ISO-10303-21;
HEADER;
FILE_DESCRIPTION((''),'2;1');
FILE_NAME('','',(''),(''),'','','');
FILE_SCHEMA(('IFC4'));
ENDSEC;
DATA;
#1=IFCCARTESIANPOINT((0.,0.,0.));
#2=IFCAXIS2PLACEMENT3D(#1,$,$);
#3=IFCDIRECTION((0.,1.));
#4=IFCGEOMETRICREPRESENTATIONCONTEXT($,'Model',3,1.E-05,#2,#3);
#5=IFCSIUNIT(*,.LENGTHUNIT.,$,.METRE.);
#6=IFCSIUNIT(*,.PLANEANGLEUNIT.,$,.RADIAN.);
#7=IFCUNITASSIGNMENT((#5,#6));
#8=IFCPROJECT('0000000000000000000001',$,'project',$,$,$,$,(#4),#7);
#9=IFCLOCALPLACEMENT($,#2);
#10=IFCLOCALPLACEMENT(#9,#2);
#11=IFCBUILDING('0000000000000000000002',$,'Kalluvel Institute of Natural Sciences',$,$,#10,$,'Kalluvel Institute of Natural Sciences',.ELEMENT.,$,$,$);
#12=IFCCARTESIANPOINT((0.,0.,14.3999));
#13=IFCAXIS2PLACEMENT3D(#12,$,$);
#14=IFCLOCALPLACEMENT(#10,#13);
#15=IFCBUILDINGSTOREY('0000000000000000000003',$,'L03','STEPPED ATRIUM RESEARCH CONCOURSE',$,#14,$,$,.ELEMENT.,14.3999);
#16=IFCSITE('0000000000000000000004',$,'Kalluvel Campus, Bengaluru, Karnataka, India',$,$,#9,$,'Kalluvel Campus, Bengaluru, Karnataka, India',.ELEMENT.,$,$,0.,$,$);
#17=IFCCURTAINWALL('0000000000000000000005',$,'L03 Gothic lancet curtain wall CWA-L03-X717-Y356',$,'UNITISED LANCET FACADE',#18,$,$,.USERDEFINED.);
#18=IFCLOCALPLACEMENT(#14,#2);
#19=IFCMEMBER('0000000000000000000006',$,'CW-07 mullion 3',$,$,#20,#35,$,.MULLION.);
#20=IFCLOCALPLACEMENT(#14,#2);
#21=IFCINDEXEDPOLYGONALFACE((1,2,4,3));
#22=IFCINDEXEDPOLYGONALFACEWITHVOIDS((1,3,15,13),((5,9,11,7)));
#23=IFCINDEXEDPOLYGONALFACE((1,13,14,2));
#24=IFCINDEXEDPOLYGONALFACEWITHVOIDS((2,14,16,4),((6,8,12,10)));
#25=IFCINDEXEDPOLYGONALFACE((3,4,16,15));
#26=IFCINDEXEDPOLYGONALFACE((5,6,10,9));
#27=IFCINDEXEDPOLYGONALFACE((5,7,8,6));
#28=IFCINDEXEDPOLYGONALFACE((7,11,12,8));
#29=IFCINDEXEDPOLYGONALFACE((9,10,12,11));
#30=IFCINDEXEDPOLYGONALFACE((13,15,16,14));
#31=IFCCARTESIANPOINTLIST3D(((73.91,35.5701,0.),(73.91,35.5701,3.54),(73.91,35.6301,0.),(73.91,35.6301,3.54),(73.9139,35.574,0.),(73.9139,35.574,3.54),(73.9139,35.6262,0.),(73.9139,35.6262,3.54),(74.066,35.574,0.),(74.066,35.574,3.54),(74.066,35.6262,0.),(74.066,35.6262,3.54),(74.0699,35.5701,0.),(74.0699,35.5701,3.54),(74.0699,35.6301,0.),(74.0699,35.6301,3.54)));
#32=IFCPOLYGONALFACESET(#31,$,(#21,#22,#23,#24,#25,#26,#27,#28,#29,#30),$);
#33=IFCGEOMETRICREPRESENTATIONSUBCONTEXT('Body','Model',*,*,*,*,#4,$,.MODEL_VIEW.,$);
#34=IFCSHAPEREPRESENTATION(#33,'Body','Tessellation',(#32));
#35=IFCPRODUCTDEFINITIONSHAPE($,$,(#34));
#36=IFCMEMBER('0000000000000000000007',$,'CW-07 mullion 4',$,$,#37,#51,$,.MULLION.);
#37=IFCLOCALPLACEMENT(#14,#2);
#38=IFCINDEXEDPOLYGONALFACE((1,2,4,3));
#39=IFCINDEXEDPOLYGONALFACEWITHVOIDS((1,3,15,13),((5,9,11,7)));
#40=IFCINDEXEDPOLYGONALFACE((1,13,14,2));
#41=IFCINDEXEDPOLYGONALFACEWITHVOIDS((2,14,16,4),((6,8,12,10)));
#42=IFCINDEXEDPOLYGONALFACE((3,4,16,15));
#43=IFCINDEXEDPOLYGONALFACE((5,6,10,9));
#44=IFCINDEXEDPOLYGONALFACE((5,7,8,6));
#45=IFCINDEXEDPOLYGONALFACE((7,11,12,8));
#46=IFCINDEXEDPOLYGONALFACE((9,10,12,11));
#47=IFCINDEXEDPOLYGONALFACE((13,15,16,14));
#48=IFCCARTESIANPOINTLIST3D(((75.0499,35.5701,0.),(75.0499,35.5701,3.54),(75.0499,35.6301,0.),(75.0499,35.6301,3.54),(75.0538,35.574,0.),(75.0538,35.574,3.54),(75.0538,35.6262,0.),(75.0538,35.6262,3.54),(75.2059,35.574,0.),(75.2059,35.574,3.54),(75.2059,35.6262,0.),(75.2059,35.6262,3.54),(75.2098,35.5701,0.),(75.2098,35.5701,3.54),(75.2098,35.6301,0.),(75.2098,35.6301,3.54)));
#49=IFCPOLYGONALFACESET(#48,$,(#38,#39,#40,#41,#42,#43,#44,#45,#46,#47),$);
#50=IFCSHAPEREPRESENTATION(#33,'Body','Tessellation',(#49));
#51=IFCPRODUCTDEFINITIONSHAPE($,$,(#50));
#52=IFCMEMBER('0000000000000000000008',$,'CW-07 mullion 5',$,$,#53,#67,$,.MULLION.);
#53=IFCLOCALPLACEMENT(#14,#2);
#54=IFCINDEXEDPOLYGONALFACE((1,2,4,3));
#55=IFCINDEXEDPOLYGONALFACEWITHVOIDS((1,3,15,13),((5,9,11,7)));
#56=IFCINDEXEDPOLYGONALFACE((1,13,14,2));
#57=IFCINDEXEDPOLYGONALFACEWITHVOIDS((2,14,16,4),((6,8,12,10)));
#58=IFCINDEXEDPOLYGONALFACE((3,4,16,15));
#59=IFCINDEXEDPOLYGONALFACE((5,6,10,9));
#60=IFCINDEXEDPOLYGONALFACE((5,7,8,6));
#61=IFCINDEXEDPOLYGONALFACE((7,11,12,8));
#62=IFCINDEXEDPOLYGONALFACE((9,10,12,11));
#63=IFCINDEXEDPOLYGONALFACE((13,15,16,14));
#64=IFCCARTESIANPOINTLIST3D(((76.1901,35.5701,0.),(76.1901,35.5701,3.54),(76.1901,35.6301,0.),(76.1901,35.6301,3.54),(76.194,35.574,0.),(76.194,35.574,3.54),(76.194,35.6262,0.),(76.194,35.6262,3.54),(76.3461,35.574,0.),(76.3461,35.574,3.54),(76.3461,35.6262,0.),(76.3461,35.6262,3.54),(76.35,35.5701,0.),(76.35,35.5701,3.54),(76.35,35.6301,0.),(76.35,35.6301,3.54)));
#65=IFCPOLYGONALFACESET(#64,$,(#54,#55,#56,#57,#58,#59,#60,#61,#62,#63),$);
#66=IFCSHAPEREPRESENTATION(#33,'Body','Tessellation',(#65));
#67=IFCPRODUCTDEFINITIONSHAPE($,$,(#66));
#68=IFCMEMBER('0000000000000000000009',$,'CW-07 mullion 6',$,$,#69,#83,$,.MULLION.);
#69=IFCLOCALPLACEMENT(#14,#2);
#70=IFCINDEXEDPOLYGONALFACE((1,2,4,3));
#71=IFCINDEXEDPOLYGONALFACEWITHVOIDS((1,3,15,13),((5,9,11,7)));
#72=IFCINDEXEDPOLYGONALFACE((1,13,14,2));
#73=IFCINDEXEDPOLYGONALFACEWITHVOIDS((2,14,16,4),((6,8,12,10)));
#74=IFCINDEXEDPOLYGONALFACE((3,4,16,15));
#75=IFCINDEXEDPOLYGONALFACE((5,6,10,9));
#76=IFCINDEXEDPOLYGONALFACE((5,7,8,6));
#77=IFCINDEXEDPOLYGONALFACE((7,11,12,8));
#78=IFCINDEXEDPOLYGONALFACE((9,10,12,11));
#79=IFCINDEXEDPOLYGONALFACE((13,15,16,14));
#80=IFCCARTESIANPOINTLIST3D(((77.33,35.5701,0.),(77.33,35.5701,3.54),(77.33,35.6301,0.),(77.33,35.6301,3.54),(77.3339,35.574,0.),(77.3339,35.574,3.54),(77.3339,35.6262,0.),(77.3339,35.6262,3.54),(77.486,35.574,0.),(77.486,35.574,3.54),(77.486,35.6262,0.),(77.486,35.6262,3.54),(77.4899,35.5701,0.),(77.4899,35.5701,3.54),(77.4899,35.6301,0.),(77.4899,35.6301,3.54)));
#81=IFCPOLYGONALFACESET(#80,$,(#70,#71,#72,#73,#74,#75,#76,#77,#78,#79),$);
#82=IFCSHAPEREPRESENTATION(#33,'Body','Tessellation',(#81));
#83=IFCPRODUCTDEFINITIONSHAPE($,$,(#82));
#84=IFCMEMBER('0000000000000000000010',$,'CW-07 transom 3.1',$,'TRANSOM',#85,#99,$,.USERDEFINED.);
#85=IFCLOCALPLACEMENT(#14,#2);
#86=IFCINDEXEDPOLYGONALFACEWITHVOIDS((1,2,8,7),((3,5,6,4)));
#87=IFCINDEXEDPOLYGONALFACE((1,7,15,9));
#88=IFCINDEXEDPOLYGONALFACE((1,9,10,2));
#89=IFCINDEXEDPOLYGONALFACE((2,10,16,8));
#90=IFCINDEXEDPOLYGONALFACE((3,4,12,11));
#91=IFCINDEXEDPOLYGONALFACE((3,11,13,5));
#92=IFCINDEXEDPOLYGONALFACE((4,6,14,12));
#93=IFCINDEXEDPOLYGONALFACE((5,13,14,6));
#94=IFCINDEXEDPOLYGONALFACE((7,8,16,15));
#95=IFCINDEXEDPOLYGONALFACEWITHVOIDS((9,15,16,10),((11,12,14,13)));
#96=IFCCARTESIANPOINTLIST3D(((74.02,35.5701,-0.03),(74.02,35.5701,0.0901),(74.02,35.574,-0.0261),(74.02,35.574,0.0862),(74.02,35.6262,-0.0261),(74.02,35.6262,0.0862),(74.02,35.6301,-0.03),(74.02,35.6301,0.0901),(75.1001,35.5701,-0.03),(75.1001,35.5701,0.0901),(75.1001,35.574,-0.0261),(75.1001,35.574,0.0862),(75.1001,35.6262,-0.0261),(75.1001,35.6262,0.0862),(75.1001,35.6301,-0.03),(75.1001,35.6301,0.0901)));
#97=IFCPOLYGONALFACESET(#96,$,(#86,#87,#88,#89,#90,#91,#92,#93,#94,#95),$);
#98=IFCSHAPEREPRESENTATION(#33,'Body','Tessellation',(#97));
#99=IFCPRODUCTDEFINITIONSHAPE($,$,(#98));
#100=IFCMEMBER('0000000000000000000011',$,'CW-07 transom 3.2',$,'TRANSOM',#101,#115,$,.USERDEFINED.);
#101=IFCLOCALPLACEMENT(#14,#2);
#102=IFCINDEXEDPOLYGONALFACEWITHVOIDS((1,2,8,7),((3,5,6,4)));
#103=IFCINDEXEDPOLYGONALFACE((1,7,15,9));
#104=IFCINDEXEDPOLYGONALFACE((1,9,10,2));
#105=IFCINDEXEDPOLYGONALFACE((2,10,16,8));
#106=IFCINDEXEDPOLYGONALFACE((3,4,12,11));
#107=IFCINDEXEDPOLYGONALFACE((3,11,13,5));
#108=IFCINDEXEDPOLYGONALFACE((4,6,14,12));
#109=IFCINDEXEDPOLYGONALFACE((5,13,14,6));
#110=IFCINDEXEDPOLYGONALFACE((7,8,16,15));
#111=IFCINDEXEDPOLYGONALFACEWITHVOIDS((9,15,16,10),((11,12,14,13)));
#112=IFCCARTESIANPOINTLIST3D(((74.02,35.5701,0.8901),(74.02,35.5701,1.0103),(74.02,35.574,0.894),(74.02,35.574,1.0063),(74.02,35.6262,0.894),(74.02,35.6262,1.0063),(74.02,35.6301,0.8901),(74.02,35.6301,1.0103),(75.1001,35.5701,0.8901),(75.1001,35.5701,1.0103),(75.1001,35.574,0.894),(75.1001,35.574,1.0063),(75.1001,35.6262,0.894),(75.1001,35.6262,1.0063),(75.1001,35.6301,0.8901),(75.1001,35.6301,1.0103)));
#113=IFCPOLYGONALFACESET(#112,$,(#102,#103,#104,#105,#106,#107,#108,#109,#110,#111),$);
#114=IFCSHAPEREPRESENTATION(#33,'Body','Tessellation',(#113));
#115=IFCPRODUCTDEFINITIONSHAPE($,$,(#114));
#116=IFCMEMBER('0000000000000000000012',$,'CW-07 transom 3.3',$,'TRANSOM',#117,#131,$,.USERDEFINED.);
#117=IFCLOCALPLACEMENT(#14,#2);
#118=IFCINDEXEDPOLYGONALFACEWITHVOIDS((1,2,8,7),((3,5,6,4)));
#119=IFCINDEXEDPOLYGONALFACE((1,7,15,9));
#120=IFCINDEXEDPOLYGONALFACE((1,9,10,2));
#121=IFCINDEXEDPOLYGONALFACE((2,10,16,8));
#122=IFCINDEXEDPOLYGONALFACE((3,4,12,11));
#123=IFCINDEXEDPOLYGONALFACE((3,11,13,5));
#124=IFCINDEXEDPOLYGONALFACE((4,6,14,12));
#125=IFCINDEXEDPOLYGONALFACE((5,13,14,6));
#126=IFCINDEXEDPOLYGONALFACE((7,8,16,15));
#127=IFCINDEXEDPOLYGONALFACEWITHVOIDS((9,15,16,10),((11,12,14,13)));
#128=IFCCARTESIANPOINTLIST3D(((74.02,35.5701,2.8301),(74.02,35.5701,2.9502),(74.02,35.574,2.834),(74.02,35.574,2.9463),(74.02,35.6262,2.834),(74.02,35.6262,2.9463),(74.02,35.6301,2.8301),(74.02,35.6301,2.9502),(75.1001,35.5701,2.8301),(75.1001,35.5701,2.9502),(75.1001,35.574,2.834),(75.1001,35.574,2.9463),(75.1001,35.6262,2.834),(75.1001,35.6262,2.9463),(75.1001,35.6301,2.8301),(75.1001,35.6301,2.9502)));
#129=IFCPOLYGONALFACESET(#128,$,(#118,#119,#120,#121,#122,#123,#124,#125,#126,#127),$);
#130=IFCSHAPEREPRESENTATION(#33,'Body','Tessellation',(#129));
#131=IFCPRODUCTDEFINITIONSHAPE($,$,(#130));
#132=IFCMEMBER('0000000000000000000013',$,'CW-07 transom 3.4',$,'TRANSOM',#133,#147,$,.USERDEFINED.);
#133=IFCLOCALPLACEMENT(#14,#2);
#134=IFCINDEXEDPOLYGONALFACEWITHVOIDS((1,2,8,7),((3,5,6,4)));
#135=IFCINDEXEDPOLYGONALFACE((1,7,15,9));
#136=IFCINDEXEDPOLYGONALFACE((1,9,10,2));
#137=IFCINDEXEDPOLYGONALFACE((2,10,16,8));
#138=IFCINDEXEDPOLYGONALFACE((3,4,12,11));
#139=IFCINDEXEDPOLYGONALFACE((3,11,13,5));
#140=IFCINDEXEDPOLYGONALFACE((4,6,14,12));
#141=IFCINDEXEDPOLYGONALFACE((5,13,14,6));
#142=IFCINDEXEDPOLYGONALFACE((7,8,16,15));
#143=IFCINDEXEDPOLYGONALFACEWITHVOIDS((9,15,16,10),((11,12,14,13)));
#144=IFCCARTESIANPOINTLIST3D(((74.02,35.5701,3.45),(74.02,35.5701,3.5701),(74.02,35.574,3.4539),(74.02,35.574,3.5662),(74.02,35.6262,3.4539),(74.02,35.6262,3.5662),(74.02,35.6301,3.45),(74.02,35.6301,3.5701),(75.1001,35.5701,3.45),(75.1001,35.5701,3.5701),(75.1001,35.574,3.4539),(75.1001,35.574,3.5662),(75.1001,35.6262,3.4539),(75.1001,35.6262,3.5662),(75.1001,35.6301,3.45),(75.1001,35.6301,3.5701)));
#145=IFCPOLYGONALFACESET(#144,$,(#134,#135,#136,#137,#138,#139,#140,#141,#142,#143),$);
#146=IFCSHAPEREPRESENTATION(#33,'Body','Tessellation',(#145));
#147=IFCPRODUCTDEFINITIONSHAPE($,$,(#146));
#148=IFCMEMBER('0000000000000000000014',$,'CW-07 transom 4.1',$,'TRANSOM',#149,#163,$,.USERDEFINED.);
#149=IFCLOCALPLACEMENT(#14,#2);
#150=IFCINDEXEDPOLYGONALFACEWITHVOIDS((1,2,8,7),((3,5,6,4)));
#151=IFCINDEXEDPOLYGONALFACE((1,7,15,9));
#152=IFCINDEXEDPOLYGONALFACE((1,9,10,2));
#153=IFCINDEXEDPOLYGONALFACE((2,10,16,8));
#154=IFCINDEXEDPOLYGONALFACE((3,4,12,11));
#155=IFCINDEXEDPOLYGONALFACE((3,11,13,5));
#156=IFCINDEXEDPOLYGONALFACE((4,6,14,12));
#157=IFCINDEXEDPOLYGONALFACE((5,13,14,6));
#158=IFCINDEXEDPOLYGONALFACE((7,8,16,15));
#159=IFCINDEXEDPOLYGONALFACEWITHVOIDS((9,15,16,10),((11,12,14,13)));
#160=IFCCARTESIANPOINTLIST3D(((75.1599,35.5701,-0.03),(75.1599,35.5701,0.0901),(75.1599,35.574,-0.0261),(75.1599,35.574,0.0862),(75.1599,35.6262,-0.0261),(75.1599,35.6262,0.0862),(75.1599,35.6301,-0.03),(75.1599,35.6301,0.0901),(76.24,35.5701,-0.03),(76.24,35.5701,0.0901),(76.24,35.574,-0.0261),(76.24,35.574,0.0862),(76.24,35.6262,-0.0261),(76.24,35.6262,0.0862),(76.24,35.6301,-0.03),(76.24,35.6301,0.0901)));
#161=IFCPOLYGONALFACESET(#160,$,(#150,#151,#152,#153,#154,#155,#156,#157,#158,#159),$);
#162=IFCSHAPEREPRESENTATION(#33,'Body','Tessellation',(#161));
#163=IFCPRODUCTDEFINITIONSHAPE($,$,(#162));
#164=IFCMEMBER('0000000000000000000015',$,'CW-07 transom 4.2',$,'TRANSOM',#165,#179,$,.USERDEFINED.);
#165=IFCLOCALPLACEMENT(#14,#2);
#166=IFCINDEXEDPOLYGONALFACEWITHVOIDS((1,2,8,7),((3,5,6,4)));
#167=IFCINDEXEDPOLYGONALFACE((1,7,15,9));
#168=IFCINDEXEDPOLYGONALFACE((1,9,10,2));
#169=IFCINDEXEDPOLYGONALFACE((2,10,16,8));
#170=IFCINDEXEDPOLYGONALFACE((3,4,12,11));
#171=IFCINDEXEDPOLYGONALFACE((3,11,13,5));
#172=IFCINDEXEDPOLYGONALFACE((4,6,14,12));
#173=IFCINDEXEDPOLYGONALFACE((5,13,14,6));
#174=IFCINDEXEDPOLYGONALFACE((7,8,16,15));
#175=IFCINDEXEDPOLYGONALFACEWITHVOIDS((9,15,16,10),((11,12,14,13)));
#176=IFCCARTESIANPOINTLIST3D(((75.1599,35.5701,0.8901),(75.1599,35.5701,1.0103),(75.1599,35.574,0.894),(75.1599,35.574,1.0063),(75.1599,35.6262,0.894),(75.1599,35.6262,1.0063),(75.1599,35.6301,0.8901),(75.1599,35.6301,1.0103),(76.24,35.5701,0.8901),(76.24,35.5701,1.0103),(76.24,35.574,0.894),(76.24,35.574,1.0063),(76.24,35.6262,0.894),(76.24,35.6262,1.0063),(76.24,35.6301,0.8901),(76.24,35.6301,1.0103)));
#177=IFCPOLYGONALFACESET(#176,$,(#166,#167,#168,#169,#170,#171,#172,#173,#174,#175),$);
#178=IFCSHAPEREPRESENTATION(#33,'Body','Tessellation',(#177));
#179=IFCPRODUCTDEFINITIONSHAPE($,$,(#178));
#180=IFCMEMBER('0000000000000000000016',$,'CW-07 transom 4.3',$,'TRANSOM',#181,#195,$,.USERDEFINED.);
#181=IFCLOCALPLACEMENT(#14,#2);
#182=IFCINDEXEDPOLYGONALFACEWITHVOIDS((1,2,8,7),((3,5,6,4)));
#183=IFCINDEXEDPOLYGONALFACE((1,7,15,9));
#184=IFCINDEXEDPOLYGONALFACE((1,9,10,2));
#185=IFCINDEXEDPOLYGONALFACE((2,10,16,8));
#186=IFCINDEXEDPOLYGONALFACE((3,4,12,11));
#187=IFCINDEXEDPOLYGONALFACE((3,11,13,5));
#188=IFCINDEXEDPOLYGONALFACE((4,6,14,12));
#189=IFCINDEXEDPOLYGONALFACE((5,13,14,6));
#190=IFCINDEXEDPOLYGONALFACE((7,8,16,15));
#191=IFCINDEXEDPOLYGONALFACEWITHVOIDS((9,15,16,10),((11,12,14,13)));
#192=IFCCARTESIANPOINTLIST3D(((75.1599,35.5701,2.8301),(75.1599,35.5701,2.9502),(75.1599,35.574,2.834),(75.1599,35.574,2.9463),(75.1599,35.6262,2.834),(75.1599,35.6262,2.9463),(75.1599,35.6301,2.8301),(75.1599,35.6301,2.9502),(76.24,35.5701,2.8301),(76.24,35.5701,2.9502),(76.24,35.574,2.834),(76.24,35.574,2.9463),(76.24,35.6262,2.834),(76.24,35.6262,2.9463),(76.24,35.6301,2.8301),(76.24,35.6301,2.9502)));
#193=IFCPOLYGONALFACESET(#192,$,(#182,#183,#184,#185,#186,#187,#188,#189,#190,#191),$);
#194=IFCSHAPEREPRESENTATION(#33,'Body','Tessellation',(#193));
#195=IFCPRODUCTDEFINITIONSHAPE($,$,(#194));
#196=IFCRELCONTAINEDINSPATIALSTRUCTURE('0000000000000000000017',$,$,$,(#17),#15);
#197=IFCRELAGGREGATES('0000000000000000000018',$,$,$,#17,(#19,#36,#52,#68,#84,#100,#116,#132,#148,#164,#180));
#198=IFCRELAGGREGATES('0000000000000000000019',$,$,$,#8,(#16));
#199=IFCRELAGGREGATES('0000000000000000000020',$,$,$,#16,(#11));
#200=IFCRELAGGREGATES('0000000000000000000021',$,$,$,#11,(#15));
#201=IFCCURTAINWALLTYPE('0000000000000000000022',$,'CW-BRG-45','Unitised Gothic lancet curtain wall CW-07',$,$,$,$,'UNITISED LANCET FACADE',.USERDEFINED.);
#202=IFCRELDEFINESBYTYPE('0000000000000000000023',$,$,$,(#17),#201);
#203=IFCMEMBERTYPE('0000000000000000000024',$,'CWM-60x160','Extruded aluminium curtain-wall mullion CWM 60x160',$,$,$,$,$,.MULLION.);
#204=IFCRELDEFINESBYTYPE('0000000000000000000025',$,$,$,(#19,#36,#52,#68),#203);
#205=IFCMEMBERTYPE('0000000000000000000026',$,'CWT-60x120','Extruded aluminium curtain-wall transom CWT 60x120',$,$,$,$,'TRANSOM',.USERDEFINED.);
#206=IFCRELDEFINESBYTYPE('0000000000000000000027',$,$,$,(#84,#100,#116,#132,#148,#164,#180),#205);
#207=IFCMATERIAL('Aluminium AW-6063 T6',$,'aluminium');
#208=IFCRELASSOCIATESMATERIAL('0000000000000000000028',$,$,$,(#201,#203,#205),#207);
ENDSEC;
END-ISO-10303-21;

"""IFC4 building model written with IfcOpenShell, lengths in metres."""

from ifc_helpers import new_model, si_unit, direction, frame, origin, origin_2d, place, context, subcontext, project, spatial, hollow_rectangle, extrude, material, material_profile, profile_set, type_object, element, aggregate, save


model = new_model("IFC4")

# Units and contexts
model_context = context("Model", 3, precision=1e-05, world=origin(), true_north=direction((0.0, 1.0)))
body_context = subcontext(model_context, "Body", "Model", "MODEL_VIEW")
ifc_project = project(units=[si_unit("LENGTHUNIT", "METRE"), si_unit("PLANEANGLEUNIT", "RADIAN")], contexts=[model_context])

# Site, building, storey
site_placement = place(None, origin())
site = spatial("IfcSite", under=ifc_project, at=site_placement, Name="Kalluvel Campus, Bengaluru, Karnataka, India", LongName="Kalluvel Campus, Bengaluru, Karnataka, India", CompositionType="ELEMENT", RefElevation=0.0)
building_placement = place(site_placement, origin())
building = spatial("IfcBuilding", under=site, at=building_placement, Name="Kalluvel Institute of Natural Sciences", LongName="Kalluvel Institute of Natural Sciences", CompositionType="ELEMENT")
storey_placement = place(building_placement, frame((0.0, 0.0, 14.3999)))
storey = spatial("IfcBuildingStorey", under=building, at=storey_placement, Name="L03", Description="STEPPED ATRIUM RESEARCH CONCOURSE", CompositionType="ELEMENT", Elevation=14.3999)

# Curtain wall, members
ifc_material_1 = material(Name="Aluminium AW-6063 T6", Category="aluminium")
curtain_wall_type = type_object("IfcCurtainWallType", Name="CW-BRG-45", Description="Unitised Gothic lancet curtain wall CW-07", ElementType="UNITISED LANCET FACADE", PredefinedType="USERDEFINED", material=ifc_material_1)
curtain_wall_placement = place(storey_placement, origin())
curtain_wall = element("IfcCurtainWall", 1, at=curtain_wall_placement, inside=storey, type_object=curtain_wall_type, Name="L03 Gothic lancet curtain wall CWA-L03-X717-Y356", ObjectType="UNITISED LANCET FACADE", PredefinedType="USERDEFINED")
ifc_material_profile_1 = material_profile(ifc_material_1, hollow_rectangle(XDim=0.0601, YDim=0.1599, WallThickness=0.0039, at=origin_2d()), Name="CWM 60x160")
ifc_profile_set_1 = profile_set([ifc_material_profile_1], Name="Aluminium AW-6063 T6")
member_type_1 = type_object("IfcMemberType", Name="CWM-60x160", Description="Extruded aluminium curtain-wall mullion CWM 60x160", PredefinedType="MULLION", material=ifc_profile_set_1)
member_1_placement = place(storey_placement, frame((73.99, 35.6001, 0.0), z_axis=(0.0, 0.0, 1.0), x_axis=(0.0, 1.0, 0.0)))
member_1 = element("IfcMember", 2, at=member_1_placement, type_object=member_type_1, Name="CW-07 mullion 3", PredefinedType="MULLION", context=body_context, shape_type="SweptSolid", body=[
    extrude(hollow_rectangle(XDim=0.0601, YDim=0.1599, WallThickness=0.0039, at=origin_2d()), origin(), (0.0, 0.0, 1.0), 3.54),
])
member_2_placement = place(storey_placement, frame((75.1299, 35.6001, 0.0), z_axis=(0.0, 0.0, 1.0), x_axis=(0.0, 1.0, 0.0)))
member_2 = element("IfcMember", 3, at=member_2_placement, type_object=member_type_1, Name="CW-07 mullion 4", PredefinedType="MULLION", context=body_context, shape_type="SweptSolid", body=[
    extrude(hollow_rectangle(XDim=0.0601, YDim=0.1599, WallThickness=0.0039, at=origin_2d()), origin(), (0.0, 0.0, 1.0), 3.54),
])
member_3_placement = place(storey_placement, frame((76.27, 35.6001, 0.0), z_axis=(0.0, 0.0, 1.0), x_axis=(0.0, 1.0, 0.0)))
member_3 = element("IfcMember", 4, at=member_3_placement, type_object=member_type_1, Name="CW-07 mullion 5", PredefinedType="MULLION", context=body_context, shape_type="SweptSolid", body=[
    extrude(hollow_rectangle(XDim=0.0601, YDim=0.1599, WallThickness=0.0039, at=origin_2d()), origin(), (0.0, 0.0, 1.0), 3.54),
])
member_4_placement = place(storey_placement, frame((77.4099, 35.6001, 0.0), z_axis=(0.0, 0.0, 1.0), x_axis=(0.0, 1.0, 0.0)))
member_4 = element("IfcMember", 5, at=member_4_placement, type_object=member_type_1, Name="CW-07 mullion 6", PredefinedType="MULLION", context=body_context, shape_type="SweptSolid", body=[
    extrude(hollow_rectangle(XDim=0.0601, YDim=0.1599, WallThickness=0.0039, at=origin_2d()), origin(), (0.0, 0.0, 1.0), 3.54),
])
ifc_material_profile_2 = material_profile(ifc_material_1, hollow_rectangle(XDim=0.0601, YDim=0.1201, WallThickness=0.0039, at=origin_2d()), Name="CWT 60x120")
ifc_profile_set_2 = profile_set([ifc_material_profile_2], Name="Aluminium AW-6063 T6")
member_type_2 = type_object("IfcMemberType", Name="CWT-60x120", Description="Extruded aluminium curtain-wall transom CWT 60x120", ElementType="TRANSOM", PredefinedType="USERDEFINED", material=ifc_profile_set_2)
member_5_placement = place(storey_placement, frame((74.02, 35.6001, 0.03), z_axis=(1.0, 0.0, 0.0), x_axis=(0.0, 1.0, 0.0)))
member_5 = element("IfcMember", 6, at=member_5_placement, type_object=member_type_2, Name="CW-07 transom 3.1", ObjectType="TRANSOM", PredefinedType="USERDEFINED", context=body_context, shape_type="SweptSolid", body=[
    extrude(hollow_rectangle(XDim=0.0601, YDim=0.1201, WallThickness=0.0039, at=origin_2d()), origin(), (0.0, 0.0, 1.0), 1.0801),
])
member_6_placement = place(storey_placement, frame((74.02, 35.6001, 0.9502), z_axis=(1.0, 0.0, 0.0), x_axis=(0.0, 1.0, 0.0)))
member_6 = element("IfcMember", 7, at=member_6_placement, type_object=member_type_2, Name="CW-07 transom 3.2", ObjectType="TRANSOM", PredefinedType="USERDEFINED", context=body_context, shape_type="SweptSolid", body=[
    extrude(hollow_rectangle(XDim=0.0601, YDim=0.1201, WallThickness=0.0039, at=origin_2d()), origin(), (0.0, 0.0, 1.0), 1.0801),
])
member_7_placement = place(storey_placement, frame((74.02, 35.6001, 2.8901), z_axis=(1.0, 0.0, 0.0), x_axis=(0.0, 1.0, 0.0)))
member_7 = element("IfcMember", 8, at=member_7_placement, type_object=member_type_2, Name="CW-07 transom 3.3", ObjectType="TRANSOM", PredefinedType="USERDEFINED", context=body_context, shape_type="SweptSolid", body=[
    extrude(hollow_rectangle(XDim=0.0601, YDim=0.1201, WallThickness=0.0039, at=origin_2d()), origin(), (0.0, 0.0, 1.0), 1.0801),
])
member_8_placement = place(storey_placement, frame((74.02, 35.6001, 3.51), z_axis=(1.0, 0.0, 0.0), x_axis=(0.0, 1.0, 0.0)))
member_8 = element("IfcMember", 9, at=member_8_placement, type_object=member_type_2, Name="CW-07 transom 3.4", ObjectType="TRANSOM", PredefinedType="USERDEFINED", context=body_context, shape_type="SweptSolid", body=[
    extrude(hollow_rectangle(XDim=0.0601, YDim=0.1201, WallThickness=0.0039, at=origin_2d()), origin(), (0.0, 0.0, 1.0), 1.0801),
])
member_9_placement = place(storey_placement, frame((75.1599, 35.6001, 0.03), z_axis=(1.0, 0.0, 0.0), x_axis=(0.0, 1.0, 0.0)))
member_9 = element("IfcMember", 10, at=member_9_placement, type_object=member_type_2, Name="CW-07 transom 4.1", ObjectType="TRANSOM", PredefinedType="USERDEFINED", context=body_context, shape_type="SweptSolid", body=[
    extrude(hollow_rectangle(XDim=0.0601, YDim=0.1201, WallThickness=0.0039, at=origin_2d()), origin(), (0.0, 0.0, 1.0), 1.0801),
])
member_10_placement = place(storey_placement, frame((75.1599, 35.6001, 0.9502), z_axis=(1.0, 0.0, 0.0), x_axis=(0.0, 1.0, 0.0)))
member_10 = element("IfcMember", 11, at=member_10_placement, type_object=member_type_2, Name="CW-07 transom 4.2", ObjectType="TRANSOM", PredefinedType="USERDEFINED", context=body_context, shape_type="SweptSolid", body=[
    extrude(hollow_rectangle(XDim=0.0601, YDim=0.1201, WallThickness=0.0039, at=origin_2d()), origin(), (0.0, 0.0, 1.0), 1.0801),
])
member_11_placement = place(storey_placement, frame((75.1599, 35.6001, 2.8901), z_axis=(1.0, 0.0, 0.0), x_axis=(0.0, 1.0, 0.0)))
member_11 = element("IfcMember", 12, at=member_11_placement, type_object=member_type_2, Name="CW-07 transom 4.3", ObjectType="TRANSOM", PredefinedType="USERDEFINED", context=body_context, shape_type="SweptSolid", body=[
    extrude(hollow_rectangle(XDim=0.0601, YDim=0.1201, WallThickness=0.0039, at=origin_2d()), origin(), (0.0, 0.0, 1.0), 1.0801),
])
aggregate(curtain_wall, [member_1, member_2, member_3, member_4, member_5, member_6, member_7, member_8, member_9, member_10, member_11])

save(model, "model.ifc")
